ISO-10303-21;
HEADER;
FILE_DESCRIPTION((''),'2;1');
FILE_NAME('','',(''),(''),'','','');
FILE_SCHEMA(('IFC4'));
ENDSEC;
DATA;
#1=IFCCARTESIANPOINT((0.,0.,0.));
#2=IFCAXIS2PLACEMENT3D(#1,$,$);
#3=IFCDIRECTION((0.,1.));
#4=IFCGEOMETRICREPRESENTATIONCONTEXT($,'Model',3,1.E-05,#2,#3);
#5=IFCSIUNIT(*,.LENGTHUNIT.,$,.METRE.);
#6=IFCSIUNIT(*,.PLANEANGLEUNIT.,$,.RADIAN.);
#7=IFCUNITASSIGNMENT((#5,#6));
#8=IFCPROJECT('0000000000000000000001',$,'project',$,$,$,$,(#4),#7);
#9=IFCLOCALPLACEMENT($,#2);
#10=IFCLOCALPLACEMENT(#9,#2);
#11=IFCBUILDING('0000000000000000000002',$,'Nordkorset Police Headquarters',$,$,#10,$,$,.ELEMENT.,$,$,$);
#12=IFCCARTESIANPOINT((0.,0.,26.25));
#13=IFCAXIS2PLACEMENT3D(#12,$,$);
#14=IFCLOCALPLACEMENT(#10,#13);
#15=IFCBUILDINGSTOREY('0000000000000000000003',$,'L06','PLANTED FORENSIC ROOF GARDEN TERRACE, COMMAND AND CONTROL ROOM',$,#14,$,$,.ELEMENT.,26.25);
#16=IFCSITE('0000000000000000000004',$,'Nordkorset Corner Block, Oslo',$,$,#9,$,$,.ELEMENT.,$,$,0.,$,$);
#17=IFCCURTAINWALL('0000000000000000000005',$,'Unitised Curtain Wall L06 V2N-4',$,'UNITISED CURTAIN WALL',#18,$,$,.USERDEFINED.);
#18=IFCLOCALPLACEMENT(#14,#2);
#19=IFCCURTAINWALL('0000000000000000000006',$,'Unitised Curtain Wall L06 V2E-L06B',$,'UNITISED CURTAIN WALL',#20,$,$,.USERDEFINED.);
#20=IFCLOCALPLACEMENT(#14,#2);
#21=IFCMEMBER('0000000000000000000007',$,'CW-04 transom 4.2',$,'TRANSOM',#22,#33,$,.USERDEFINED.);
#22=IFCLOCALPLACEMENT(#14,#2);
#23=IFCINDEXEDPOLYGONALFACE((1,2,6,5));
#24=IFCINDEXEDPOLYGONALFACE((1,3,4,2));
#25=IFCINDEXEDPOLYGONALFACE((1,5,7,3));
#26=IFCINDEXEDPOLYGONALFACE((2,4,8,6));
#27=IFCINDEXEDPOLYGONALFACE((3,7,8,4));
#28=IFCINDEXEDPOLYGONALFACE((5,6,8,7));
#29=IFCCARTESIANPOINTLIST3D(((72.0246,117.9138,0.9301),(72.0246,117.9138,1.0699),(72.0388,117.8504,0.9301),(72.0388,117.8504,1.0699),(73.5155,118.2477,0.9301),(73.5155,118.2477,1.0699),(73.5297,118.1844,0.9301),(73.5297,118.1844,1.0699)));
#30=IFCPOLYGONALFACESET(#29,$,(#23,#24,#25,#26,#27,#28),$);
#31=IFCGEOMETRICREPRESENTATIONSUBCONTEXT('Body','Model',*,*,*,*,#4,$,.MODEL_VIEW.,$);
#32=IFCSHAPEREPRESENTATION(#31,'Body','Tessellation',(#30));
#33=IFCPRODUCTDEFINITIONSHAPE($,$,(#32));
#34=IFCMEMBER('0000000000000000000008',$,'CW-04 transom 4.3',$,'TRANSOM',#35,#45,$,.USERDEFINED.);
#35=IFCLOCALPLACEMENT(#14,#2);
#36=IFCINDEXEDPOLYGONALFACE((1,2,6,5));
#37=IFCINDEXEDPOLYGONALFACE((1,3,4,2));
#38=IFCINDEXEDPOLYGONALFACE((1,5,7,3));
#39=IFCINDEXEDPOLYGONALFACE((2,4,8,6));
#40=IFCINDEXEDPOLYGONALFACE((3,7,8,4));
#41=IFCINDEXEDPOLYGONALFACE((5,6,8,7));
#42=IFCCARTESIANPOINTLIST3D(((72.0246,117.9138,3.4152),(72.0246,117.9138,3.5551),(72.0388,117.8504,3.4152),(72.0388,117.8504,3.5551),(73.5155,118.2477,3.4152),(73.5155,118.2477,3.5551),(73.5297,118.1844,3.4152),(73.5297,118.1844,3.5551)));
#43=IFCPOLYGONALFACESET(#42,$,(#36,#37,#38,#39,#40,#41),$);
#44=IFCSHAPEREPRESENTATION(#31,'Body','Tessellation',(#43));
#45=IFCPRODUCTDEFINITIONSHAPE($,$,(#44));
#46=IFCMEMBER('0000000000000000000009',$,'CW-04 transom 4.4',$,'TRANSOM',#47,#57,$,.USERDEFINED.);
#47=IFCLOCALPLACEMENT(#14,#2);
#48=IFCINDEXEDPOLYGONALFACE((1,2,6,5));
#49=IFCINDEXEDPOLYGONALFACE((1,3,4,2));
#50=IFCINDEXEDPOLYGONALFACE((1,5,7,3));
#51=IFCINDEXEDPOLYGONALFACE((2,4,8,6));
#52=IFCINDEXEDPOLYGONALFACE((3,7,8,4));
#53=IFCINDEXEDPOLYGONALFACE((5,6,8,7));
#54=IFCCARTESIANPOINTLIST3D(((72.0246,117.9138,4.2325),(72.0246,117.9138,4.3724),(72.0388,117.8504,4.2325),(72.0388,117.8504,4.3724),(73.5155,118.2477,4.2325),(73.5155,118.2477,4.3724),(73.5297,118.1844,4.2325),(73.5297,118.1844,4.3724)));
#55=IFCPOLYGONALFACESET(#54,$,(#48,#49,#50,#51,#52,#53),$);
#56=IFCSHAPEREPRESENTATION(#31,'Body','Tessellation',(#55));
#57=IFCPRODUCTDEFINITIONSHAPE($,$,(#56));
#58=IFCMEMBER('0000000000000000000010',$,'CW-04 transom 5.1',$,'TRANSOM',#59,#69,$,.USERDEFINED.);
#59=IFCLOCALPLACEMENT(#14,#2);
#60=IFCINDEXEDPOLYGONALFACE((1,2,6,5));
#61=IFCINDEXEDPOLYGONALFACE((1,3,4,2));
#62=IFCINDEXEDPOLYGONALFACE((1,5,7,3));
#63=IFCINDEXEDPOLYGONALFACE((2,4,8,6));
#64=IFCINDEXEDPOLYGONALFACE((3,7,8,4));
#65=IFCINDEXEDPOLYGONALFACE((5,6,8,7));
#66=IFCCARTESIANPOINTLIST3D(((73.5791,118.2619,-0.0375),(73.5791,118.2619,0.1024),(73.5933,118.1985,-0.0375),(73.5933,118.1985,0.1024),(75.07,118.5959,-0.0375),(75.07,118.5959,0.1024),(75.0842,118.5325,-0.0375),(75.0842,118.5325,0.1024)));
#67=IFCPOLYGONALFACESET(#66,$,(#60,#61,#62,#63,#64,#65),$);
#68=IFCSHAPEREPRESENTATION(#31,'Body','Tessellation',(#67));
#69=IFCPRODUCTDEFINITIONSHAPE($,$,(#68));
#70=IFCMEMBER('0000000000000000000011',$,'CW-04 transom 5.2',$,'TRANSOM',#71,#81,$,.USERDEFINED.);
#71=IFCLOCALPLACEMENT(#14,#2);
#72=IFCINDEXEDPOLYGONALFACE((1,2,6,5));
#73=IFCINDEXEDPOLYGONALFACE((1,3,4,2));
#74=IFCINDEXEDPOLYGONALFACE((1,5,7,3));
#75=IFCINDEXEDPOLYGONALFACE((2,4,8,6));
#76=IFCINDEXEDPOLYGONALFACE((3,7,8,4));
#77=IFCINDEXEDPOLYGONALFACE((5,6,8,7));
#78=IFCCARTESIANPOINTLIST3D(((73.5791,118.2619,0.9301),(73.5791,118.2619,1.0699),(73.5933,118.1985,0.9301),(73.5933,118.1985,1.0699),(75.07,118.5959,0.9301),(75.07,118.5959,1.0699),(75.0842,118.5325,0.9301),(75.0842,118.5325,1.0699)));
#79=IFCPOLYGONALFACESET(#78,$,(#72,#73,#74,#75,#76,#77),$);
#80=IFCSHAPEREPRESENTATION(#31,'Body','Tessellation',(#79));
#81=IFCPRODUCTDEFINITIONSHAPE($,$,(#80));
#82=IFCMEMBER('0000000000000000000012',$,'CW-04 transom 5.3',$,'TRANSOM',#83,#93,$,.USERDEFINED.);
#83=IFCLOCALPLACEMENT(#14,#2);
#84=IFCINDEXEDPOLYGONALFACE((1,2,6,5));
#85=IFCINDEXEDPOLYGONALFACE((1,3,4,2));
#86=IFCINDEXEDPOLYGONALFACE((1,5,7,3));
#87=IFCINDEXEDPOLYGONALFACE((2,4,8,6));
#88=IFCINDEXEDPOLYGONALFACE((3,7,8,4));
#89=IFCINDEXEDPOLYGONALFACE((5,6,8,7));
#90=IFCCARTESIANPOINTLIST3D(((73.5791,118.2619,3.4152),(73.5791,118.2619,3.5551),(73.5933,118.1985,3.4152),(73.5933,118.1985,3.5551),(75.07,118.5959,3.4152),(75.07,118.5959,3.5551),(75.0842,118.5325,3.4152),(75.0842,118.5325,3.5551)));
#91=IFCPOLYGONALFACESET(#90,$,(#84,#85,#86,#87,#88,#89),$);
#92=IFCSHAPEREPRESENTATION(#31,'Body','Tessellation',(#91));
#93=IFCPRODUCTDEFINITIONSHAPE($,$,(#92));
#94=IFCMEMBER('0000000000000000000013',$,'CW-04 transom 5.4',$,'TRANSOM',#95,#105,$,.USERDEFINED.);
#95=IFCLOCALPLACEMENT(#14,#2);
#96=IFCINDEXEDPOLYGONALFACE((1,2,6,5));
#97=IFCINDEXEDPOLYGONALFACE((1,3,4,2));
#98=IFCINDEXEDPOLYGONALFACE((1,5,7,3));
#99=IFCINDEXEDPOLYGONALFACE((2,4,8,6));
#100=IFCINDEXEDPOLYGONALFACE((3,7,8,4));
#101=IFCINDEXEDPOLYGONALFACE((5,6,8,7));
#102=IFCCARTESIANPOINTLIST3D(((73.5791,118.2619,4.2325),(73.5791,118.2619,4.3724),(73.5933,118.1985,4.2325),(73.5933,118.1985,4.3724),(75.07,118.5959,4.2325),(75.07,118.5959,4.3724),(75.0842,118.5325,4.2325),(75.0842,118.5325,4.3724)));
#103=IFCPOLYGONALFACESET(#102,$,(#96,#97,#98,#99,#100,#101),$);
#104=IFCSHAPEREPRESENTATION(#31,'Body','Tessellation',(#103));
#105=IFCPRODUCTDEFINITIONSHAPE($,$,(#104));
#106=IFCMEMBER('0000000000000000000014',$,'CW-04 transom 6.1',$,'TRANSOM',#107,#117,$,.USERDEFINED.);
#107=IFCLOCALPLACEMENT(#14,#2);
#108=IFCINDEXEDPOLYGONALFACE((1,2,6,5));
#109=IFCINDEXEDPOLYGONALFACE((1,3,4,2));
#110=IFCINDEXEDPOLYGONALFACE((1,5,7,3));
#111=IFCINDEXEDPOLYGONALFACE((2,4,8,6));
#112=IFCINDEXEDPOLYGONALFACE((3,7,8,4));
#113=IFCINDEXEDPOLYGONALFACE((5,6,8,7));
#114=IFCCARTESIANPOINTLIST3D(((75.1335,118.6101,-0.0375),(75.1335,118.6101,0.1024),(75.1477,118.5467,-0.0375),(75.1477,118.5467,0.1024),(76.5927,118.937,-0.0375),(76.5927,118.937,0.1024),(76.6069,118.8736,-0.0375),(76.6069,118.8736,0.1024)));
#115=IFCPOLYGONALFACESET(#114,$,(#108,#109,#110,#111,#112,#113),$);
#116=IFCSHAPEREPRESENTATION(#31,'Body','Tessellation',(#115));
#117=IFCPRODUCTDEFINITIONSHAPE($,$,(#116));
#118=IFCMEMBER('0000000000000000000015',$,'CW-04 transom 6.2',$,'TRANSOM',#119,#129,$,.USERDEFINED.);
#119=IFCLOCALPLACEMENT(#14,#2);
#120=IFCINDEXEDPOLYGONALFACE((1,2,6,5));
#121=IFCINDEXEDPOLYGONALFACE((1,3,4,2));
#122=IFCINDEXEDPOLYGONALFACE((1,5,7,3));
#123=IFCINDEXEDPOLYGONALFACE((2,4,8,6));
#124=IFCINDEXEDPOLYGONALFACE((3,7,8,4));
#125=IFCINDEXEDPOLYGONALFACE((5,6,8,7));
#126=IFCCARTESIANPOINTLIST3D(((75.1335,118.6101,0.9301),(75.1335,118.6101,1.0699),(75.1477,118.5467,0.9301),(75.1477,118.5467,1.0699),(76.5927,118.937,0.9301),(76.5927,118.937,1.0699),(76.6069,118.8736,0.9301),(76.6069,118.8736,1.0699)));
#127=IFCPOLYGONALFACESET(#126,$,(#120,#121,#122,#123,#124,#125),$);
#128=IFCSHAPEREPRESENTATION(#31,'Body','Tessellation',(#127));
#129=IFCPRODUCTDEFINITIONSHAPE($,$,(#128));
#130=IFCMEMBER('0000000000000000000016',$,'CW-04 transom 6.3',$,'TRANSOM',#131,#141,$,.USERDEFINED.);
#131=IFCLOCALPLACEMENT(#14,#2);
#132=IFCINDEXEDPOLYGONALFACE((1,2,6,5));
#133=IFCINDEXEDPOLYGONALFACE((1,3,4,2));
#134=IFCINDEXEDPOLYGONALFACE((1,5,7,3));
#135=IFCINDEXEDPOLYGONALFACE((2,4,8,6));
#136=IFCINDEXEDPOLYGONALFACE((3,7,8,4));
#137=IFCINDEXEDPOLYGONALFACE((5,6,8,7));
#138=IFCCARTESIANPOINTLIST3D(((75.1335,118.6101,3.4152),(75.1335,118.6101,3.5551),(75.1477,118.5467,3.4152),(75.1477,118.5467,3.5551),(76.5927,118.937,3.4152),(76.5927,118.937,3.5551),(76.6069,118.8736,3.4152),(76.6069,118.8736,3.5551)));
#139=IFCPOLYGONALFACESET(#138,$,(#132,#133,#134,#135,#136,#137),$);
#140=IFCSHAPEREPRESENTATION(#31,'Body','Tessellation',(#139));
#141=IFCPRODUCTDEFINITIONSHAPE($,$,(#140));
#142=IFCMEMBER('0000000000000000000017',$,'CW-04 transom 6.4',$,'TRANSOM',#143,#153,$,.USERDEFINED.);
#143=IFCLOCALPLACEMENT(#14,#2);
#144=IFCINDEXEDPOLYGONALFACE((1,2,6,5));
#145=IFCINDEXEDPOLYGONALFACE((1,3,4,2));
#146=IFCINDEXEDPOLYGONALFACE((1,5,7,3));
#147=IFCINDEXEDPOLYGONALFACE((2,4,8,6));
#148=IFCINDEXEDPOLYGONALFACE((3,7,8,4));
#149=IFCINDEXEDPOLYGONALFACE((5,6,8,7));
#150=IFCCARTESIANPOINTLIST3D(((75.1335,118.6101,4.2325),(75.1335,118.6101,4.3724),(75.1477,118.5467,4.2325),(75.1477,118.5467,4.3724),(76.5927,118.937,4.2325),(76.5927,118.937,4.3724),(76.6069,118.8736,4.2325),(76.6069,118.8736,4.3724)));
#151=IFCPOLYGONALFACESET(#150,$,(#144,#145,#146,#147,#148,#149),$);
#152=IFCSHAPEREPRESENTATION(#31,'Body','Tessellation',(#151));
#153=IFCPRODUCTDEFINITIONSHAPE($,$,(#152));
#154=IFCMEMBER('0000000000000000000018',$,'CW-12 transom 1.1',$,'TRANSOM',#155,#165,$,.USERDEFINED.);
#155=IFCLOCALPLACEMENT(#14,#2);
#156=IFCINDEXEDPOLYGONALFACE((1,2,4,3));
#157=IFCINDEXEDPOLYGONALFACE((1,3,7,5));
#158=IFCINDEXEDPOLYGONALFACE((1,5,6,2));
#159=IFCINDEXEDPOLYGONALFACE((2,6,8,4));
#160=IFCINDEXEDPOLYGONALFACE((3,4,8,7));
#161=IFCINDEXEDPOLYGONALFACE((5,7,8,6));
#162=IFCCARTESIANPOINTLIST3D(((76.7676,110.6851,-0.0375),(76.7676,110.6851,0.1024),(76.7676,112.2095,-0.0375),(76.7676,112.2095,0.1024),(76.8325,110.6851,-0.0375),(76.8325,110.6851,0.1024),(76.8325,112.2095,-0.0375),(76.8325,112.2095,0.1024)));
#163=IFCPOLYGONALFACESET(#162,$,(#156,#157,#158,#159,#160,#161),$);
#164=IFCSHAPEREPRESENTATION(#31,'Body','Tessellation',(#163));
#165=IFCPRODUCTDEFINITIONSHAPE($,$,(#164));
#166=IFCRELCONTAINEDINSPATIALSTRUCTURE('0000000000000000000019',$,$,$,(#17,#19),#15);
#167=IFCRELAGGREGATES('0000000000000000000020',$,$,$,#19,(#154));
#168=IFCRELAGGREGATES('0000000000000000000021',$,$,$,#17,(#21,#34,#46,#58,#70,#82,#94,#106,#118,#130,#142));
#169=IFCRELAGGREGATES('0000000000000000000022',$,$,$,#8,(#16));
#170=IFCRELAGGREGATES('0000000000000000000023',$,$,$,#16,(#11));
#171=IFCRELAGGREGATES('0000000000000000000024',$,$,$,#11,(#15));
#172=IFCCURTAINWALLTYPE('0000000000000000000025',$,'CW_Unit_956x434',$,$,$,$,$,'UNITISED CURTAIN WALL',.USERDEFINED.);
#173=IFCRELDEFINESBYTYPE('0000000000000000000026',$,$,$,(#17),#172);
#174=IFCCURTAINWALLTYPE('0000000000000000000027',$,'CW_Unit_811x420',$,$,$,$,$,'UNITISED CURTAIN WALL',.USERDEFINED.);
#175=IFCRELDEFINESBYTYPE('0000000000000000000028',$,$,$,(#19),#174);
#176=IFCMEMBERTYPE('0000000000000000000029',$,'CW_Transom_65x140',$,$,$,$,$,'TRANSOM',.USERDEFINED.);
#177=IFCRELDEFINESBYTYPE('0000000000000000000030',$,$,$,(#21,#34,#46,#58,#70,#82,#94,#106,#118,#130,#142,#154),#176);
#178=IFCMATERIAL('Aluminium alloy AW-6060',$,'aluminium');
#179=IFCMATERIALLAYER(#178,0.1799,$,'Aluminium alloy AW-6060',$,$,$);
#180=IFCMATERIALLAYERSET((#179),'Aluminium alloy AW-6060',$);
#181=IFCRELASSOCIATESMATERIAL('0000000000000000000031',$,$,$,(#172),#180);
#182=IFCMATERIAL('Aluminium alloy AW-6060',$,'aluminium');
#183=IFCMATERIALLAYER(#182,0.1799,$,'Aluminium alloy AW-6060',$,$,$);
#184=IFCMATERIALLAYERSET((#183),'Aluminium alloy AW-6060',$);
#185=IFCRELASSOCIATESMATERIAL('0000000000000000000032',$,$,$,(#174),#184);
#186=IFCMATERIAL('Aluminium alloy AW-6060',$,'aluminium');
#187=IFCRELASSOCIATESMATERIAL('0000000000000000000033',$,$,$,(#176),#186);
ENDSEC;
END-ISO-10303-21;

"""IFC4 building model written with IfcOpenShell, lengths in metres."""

from ifc_helpers import new_model, si_unit, direction, frame, origin, origin_2d, place, context, subcontext, project, spatial, rectangle, extrude, material, layer, layer_set, material_profile, profile_set, type_object, element, aggregate, save


model = new_model("IFC4")

# Units and contexts
model_context = context("Model", 3, precision=1e-05, world=origin(), true_north=direction((0.0, 1.0)))
body_context = subcontext(model_context, "Body", "Model", "MODEL_VIEW")
ifc_project = project(units=[si_unit("LENGTHUNIT", "METRE"), si_unit("PLANEANGLEUNIT", "RADIAN")], contexts=[model_context])

# Site, building, storey
site_placement = place(None, origin())
site = spatial("IfcSite", under=ifc_project, at=site_placement, Name="Nordkorset Corner Block, Oslo", CompositionType="ELEMENT", RefElevation=0.0)
building_placement = place(site_placement, origin())
building = spatial("IfcBuilding", under=site, at=building_placement, Name="Nordkorset Police Headquarters", CompositionType="ELEMENT")
storey_placement = place(building_placement, frame((0.0, 0.0, 26.25)))
storey = spatial("IfcBuildingStorey", under=building, at=storey_placement, Name="L06", Description="PLANTED FORENSIC ROOF GARDEN TERRACE, COMMAND AND CONTROL ROOM", CompositionType="ELEMENT", Elevation=26.25)

# Curtain wall
ifc_material_1 = material(Name="Aluminium alloy AW-6060", Category="aluminium")
ifc_layer_1 = layer(ifc_material_1, 0.1799, Name="Aluminium alloy AW-6060")
ifc_layer_set_1 = layer_set([ifc_layer_1], Name="Aluminium alloy AW-6060")
curtain_wall_type_1 = type_object("IfcCurtainWallType", Name="CW_Unit_956x434", ElementType="UNITISED CURTAIN WALL", PredefinedType="USERDEFINED", material=ifc_layer_set_1)
curtain_wall_1_placement = place(storey_placement, origin())
curtain_wall_1 = element("IfcCurtainWall", 1, at=curtain_wall_1_placement, inside=storey, type_object=curtain_wall_type_1, Name="Unitised Curtain Wall L06 V2N-4", ObjectType="UNITISED CURTAIN WALL", PredefinedType="USERDEFINED")

# Curtain wall
ifc_material_2 = material(Name="Aluminium alloy AW-6060", Category="aluminium")
ifc_layer_2 = layer(ifc_material_2, 0.1799, Name="Aluminium alloy AW-6060")
ifc_layer_set_2 = layer_set([ifc_layer_2], Name="Aluminium alloy AW-6060")
curtain_wall_type_2 = type_object("IfcCurtainWallType", Name="CW_Unit_811x420", ElementType="UNITISED CURTAIN WALL", PredefinedType="USERDEFINED", material=ifc_layer_set_2)
curtain_wall_2_placement = place(storey_placement, origin())
curtain_wall_2 = element("IfcCurtainWall", 2, at=curtain_wall_2_placement, inside=storey, type_object=curtain_wall_type_2, Name="Unitised Curtain Wall L06 V2E-L06B", ObjectType="UNITISED CURTAIN WALL", PredefinedType="USERDEFINED")

# Members
ifc_material_3 = material(Name="Aluminium alloy AW-6060", Category="aluminium")
ifc_material_profile_1 = material_profile(ifc_material_3, rectangle(XDim=0.0649, YDim=0.1399, at=origin_2d()), Name="ALU TRAN 65x140")
ifc_profile_set_1 = profile_set([ifc_material_profile_1], Name="Aluminium alloy AW-6060")
member_type_1 = type_object("IfcMemberType", Name="CW_Transom_65x140", ElementType="TRANSOM", PredefinedType="USERDEFINED", material=ifc_profile_set_1)
member_1_placement = place(storey_placement, frame((72.0317, 117.8821, 1.0), z_axis=(0.975817, 0.218588, 0.0), x_axis=(-0.218588, 0.975817, 0.0)))
member_1 = element("IfcMember", 3, at=member_1_placement, type_object=member_type_1, Name="CW-04 transom 4.2", ObjectType="TRANSOM", PredefinedType="USERDEFINED", context=body_context, shape_type="SweptSolid", body=[
    extrude(rectangle(XDim=0.0649, YDim=0.1399, at=origin_2d()), origin(), (0.0, 0.0, 1.0), 1.5278),
])
member_2_placement = place(storey_placement, frame((72.0317, 117.8821, 3.4851), z_axis=(0.975817, 0.218588, 0.0), x_axis=(-0.218588, 0.975817, 0.0)))
member_2 = element("IfcMember", 4, at=member_2_placement, type_object=member_type_1, Name="CW-04 transom 4.3", ObjectType="TRANSOM", PredefinedType="USERDEFINED", context=body_context, shape_type="SweptSolid", body=[
    extrude(rectangle(XDim=0.0649, YDim=0.1399, at=origin_2d()), origin(), (0.0, 0.0, 1.0), 1.5278),
])
member_3_placement = place(storey_placement, frame((72.0317, 117.8821, 4.3025), z_axis=(0.975817, 0.218588, 0.0), x_axis=(-0.218588, 0.975817, 0.0)))
member_3 = element("IfcMember", 5, at=member_3_placement, type_object=member_type_1, Name="CW-04 transom 4.4", ObjectType="TRANSOM", PredefinedType="USERDEFINED", context=body_context, shape_type="SweptSolid", body=[
    extrude(rectangle(XDim=0.0649, YDim=0.1399, at=origin_2d()), origin(), (0.0, 0.0, 1.0), 1.5278),
])
member_4_placement = place(storey_placement, frame((73.5862, 118.2302, 0.0325), z_axis=(0.975817, 0.218588, 0.0), x_axis=(-0.218588, 0.975817, 0.0)))
member_4 = element("IfcMember", 6, at=member_4_placement, type_object=member_type_1, Name="CW-04 transom 5.1", ObjectType="TRANSOM", PredefinedType="USERDEFINED", context=body_context, shape_type="SweptSolid", body=[
    extrude(rectangle(XDim=0.0649, YDim=0.1399, at=origin_2d()), origin(), (0.0, 0.0, 1.0), 1.5278),
])
member_5_placement = place(storey_placement, frame((73.5862, 118.2302, 1.0), z_axis=(0.975817, 0.218588, 0.0), x_axis=(-0.218588, 0.975817, 0.0)))
member_5 = element("IfcMember", 7, at=member_5_placement, type_object=member_type_1, Name="CW-04 transom 5.2", ObjectType="TRANSOM", PredefinedType="USERDEFINED", context=body_context, shape_type="SweptSolid", body=[
    extrude(rectangle(XDim=0.0649, YDim=0.1399, at=origin_2d()), origin(), (0.0, 0.0, 1.0), 1.5278),
])
member_6_placement = place(storey_placement, frame((73.5862, 118.2302, 3.4851), z_axis=(0.975817, 0.218588, 0.0), x_axis=(-0.218588, 0.975817, 0.0)))
member_6 = element("IfcMember", 8, at=member_6_placement, type_object=member_type_1, Name="CW-04 transom 5.3", ObjectType="TRANSOM", PredefinedType="USERDEFINED", context=body_context, shape_type="SweptSolid", body=[
    extrude(rectangle(XDim=0.0649, YDim=0.1399, at=origin_2d()), origin(), (0.0, 0.0, 1.0), 1.5278),
])
member_7_placement = place(storey_placement, frame((73.5862, 118.2302, 4.3025), z_axis=(0.975817, 0.218588, 0.0), x_axis=(-0.218588, 0.975817, 0.0)))
member_7 = element("IfcMember", 9, at=member_7_placement, type_object=member_type_1, Name="CW-04 transom 5.4", ObjectType="TRANSOM", PredefinedType="USERDEFINED", context=body_context, shape_type="SweptSolid", body=[
    extrude(rectangle(XDim=0.0649, YDim=0.1399, at=origin_2d()), origin(), (0.0, 0.0, 1.0), 1.5278),
])
member_8_placement = place(storey_placement, frame((75.1406, 118.5784, 0.0325), z_axis=(0.975813, 0.218607, 0.0), x_axis=(-0.218607, 0.975813, 0.0)))
member_8 = element("IfcMember", 10, at=member_8_placement, type_object=member_type_1, Name="CW-04 transom 6.1", ObjectType="TRANSOM", PredefinedType="USERDEFINED", context=body_context, shape_type="SweptSolid", body=[
    extrude(rectangle(XDim=0.0649, YDim=0.1399, at=origin_2d()), origin(), (0.0, 0.0, 1.0), 1.4954),
])
member_9_placement = place(storey_placement, frame((75.1406, 118.5784, 1.0), z_axis=(0.975813, 0.218607, 0.0), x_axis=(-0.218607, 0.975813, 0.0)))
member_9 = element("IfcMember", 11, at=member_9_placement, type_object=member_type_1, Name="CW-04 transom 6.2", ObjectType="TRANSOM", PredefinedType="USERDEFINED", context=body_context, shape_type="SweptSolid", body=[
    extrude(rectangle(XDim=0.0649, YDim=0.1399, at=origin_2d()), origin(), (0.0, 0.0, 1.0), 1.4954),
])
member_10_placement = place(storey_placement, frame((75.1406, 118.5784, 3.4851), z_axis=(0.975813, 0.218607, 0.0), x_axis=(-0.218607, 0.975813, 0.0)))
member_10 = element("IfcMember", 12, at=member_10_placement, type_object=member_type_1, Name="CW-04 transom 6.3", ObjectType="TRANSOM", PredefinedType="USERDEFINED", context=body_context, shape_type="SweptSolid", body=[
    extrude(rectangle(XDim=0.0649, YDim=0.1399, at=origin_2d()), origin(), (0.0, 0.0, 1.0), 1.4954),
])
member_11_placement = place(storey_placement, frame((75.1406, 118.5784, 4.3025), z_axis=(0.975813, 0.218607, 0.0), x_axis=(-0.218607, 0.975813, 0.0)))
member_11 = element("IfcMember", 13, at=member_11_placement, type_object=member_type_1, Name="CW-04 transom 6.4", ObjectType="TRANSOM", PredefinedType="USERDEFINED", context=body_context, shape_type="SweptSolid", body=[
    extrude(rectangle(XDim=0.0649, YDim=0.1399, at=origin_2d()), origin(), (0.0, 0.0, 1.0), 1.4954),
])
member_12_placement = place(storey_placement, frame((76.8, 110.6851, 0.0325), z_axis=(0.0, 1.0, 0.0), x_axis=(-1.0, 0.0, 0.0)))
member_12 = element("IfcMember", 14, at=member_12_placement, type_object=member_type_1, Name="CW-12 transom 1.1", ObjectType="TRANSOM", PredefinedType="USERDEFINED", context=body_context, shape_type="SweptSolid", body=[
    extrude(rectangle(XDim=0.0649, YDim=0.1399, at=origin_2d()), origin(), (0.0, 0.0, 1.0), 1.5244),
])
aggregate(curtain_wall_2, [member_12])

aggregate(curtain_wall_1, [member_1, member_2, member_3, member_4, member_5, member_6, member_7, member_8, member_9, member_10, member_11])

save(model, "model.ifc")
